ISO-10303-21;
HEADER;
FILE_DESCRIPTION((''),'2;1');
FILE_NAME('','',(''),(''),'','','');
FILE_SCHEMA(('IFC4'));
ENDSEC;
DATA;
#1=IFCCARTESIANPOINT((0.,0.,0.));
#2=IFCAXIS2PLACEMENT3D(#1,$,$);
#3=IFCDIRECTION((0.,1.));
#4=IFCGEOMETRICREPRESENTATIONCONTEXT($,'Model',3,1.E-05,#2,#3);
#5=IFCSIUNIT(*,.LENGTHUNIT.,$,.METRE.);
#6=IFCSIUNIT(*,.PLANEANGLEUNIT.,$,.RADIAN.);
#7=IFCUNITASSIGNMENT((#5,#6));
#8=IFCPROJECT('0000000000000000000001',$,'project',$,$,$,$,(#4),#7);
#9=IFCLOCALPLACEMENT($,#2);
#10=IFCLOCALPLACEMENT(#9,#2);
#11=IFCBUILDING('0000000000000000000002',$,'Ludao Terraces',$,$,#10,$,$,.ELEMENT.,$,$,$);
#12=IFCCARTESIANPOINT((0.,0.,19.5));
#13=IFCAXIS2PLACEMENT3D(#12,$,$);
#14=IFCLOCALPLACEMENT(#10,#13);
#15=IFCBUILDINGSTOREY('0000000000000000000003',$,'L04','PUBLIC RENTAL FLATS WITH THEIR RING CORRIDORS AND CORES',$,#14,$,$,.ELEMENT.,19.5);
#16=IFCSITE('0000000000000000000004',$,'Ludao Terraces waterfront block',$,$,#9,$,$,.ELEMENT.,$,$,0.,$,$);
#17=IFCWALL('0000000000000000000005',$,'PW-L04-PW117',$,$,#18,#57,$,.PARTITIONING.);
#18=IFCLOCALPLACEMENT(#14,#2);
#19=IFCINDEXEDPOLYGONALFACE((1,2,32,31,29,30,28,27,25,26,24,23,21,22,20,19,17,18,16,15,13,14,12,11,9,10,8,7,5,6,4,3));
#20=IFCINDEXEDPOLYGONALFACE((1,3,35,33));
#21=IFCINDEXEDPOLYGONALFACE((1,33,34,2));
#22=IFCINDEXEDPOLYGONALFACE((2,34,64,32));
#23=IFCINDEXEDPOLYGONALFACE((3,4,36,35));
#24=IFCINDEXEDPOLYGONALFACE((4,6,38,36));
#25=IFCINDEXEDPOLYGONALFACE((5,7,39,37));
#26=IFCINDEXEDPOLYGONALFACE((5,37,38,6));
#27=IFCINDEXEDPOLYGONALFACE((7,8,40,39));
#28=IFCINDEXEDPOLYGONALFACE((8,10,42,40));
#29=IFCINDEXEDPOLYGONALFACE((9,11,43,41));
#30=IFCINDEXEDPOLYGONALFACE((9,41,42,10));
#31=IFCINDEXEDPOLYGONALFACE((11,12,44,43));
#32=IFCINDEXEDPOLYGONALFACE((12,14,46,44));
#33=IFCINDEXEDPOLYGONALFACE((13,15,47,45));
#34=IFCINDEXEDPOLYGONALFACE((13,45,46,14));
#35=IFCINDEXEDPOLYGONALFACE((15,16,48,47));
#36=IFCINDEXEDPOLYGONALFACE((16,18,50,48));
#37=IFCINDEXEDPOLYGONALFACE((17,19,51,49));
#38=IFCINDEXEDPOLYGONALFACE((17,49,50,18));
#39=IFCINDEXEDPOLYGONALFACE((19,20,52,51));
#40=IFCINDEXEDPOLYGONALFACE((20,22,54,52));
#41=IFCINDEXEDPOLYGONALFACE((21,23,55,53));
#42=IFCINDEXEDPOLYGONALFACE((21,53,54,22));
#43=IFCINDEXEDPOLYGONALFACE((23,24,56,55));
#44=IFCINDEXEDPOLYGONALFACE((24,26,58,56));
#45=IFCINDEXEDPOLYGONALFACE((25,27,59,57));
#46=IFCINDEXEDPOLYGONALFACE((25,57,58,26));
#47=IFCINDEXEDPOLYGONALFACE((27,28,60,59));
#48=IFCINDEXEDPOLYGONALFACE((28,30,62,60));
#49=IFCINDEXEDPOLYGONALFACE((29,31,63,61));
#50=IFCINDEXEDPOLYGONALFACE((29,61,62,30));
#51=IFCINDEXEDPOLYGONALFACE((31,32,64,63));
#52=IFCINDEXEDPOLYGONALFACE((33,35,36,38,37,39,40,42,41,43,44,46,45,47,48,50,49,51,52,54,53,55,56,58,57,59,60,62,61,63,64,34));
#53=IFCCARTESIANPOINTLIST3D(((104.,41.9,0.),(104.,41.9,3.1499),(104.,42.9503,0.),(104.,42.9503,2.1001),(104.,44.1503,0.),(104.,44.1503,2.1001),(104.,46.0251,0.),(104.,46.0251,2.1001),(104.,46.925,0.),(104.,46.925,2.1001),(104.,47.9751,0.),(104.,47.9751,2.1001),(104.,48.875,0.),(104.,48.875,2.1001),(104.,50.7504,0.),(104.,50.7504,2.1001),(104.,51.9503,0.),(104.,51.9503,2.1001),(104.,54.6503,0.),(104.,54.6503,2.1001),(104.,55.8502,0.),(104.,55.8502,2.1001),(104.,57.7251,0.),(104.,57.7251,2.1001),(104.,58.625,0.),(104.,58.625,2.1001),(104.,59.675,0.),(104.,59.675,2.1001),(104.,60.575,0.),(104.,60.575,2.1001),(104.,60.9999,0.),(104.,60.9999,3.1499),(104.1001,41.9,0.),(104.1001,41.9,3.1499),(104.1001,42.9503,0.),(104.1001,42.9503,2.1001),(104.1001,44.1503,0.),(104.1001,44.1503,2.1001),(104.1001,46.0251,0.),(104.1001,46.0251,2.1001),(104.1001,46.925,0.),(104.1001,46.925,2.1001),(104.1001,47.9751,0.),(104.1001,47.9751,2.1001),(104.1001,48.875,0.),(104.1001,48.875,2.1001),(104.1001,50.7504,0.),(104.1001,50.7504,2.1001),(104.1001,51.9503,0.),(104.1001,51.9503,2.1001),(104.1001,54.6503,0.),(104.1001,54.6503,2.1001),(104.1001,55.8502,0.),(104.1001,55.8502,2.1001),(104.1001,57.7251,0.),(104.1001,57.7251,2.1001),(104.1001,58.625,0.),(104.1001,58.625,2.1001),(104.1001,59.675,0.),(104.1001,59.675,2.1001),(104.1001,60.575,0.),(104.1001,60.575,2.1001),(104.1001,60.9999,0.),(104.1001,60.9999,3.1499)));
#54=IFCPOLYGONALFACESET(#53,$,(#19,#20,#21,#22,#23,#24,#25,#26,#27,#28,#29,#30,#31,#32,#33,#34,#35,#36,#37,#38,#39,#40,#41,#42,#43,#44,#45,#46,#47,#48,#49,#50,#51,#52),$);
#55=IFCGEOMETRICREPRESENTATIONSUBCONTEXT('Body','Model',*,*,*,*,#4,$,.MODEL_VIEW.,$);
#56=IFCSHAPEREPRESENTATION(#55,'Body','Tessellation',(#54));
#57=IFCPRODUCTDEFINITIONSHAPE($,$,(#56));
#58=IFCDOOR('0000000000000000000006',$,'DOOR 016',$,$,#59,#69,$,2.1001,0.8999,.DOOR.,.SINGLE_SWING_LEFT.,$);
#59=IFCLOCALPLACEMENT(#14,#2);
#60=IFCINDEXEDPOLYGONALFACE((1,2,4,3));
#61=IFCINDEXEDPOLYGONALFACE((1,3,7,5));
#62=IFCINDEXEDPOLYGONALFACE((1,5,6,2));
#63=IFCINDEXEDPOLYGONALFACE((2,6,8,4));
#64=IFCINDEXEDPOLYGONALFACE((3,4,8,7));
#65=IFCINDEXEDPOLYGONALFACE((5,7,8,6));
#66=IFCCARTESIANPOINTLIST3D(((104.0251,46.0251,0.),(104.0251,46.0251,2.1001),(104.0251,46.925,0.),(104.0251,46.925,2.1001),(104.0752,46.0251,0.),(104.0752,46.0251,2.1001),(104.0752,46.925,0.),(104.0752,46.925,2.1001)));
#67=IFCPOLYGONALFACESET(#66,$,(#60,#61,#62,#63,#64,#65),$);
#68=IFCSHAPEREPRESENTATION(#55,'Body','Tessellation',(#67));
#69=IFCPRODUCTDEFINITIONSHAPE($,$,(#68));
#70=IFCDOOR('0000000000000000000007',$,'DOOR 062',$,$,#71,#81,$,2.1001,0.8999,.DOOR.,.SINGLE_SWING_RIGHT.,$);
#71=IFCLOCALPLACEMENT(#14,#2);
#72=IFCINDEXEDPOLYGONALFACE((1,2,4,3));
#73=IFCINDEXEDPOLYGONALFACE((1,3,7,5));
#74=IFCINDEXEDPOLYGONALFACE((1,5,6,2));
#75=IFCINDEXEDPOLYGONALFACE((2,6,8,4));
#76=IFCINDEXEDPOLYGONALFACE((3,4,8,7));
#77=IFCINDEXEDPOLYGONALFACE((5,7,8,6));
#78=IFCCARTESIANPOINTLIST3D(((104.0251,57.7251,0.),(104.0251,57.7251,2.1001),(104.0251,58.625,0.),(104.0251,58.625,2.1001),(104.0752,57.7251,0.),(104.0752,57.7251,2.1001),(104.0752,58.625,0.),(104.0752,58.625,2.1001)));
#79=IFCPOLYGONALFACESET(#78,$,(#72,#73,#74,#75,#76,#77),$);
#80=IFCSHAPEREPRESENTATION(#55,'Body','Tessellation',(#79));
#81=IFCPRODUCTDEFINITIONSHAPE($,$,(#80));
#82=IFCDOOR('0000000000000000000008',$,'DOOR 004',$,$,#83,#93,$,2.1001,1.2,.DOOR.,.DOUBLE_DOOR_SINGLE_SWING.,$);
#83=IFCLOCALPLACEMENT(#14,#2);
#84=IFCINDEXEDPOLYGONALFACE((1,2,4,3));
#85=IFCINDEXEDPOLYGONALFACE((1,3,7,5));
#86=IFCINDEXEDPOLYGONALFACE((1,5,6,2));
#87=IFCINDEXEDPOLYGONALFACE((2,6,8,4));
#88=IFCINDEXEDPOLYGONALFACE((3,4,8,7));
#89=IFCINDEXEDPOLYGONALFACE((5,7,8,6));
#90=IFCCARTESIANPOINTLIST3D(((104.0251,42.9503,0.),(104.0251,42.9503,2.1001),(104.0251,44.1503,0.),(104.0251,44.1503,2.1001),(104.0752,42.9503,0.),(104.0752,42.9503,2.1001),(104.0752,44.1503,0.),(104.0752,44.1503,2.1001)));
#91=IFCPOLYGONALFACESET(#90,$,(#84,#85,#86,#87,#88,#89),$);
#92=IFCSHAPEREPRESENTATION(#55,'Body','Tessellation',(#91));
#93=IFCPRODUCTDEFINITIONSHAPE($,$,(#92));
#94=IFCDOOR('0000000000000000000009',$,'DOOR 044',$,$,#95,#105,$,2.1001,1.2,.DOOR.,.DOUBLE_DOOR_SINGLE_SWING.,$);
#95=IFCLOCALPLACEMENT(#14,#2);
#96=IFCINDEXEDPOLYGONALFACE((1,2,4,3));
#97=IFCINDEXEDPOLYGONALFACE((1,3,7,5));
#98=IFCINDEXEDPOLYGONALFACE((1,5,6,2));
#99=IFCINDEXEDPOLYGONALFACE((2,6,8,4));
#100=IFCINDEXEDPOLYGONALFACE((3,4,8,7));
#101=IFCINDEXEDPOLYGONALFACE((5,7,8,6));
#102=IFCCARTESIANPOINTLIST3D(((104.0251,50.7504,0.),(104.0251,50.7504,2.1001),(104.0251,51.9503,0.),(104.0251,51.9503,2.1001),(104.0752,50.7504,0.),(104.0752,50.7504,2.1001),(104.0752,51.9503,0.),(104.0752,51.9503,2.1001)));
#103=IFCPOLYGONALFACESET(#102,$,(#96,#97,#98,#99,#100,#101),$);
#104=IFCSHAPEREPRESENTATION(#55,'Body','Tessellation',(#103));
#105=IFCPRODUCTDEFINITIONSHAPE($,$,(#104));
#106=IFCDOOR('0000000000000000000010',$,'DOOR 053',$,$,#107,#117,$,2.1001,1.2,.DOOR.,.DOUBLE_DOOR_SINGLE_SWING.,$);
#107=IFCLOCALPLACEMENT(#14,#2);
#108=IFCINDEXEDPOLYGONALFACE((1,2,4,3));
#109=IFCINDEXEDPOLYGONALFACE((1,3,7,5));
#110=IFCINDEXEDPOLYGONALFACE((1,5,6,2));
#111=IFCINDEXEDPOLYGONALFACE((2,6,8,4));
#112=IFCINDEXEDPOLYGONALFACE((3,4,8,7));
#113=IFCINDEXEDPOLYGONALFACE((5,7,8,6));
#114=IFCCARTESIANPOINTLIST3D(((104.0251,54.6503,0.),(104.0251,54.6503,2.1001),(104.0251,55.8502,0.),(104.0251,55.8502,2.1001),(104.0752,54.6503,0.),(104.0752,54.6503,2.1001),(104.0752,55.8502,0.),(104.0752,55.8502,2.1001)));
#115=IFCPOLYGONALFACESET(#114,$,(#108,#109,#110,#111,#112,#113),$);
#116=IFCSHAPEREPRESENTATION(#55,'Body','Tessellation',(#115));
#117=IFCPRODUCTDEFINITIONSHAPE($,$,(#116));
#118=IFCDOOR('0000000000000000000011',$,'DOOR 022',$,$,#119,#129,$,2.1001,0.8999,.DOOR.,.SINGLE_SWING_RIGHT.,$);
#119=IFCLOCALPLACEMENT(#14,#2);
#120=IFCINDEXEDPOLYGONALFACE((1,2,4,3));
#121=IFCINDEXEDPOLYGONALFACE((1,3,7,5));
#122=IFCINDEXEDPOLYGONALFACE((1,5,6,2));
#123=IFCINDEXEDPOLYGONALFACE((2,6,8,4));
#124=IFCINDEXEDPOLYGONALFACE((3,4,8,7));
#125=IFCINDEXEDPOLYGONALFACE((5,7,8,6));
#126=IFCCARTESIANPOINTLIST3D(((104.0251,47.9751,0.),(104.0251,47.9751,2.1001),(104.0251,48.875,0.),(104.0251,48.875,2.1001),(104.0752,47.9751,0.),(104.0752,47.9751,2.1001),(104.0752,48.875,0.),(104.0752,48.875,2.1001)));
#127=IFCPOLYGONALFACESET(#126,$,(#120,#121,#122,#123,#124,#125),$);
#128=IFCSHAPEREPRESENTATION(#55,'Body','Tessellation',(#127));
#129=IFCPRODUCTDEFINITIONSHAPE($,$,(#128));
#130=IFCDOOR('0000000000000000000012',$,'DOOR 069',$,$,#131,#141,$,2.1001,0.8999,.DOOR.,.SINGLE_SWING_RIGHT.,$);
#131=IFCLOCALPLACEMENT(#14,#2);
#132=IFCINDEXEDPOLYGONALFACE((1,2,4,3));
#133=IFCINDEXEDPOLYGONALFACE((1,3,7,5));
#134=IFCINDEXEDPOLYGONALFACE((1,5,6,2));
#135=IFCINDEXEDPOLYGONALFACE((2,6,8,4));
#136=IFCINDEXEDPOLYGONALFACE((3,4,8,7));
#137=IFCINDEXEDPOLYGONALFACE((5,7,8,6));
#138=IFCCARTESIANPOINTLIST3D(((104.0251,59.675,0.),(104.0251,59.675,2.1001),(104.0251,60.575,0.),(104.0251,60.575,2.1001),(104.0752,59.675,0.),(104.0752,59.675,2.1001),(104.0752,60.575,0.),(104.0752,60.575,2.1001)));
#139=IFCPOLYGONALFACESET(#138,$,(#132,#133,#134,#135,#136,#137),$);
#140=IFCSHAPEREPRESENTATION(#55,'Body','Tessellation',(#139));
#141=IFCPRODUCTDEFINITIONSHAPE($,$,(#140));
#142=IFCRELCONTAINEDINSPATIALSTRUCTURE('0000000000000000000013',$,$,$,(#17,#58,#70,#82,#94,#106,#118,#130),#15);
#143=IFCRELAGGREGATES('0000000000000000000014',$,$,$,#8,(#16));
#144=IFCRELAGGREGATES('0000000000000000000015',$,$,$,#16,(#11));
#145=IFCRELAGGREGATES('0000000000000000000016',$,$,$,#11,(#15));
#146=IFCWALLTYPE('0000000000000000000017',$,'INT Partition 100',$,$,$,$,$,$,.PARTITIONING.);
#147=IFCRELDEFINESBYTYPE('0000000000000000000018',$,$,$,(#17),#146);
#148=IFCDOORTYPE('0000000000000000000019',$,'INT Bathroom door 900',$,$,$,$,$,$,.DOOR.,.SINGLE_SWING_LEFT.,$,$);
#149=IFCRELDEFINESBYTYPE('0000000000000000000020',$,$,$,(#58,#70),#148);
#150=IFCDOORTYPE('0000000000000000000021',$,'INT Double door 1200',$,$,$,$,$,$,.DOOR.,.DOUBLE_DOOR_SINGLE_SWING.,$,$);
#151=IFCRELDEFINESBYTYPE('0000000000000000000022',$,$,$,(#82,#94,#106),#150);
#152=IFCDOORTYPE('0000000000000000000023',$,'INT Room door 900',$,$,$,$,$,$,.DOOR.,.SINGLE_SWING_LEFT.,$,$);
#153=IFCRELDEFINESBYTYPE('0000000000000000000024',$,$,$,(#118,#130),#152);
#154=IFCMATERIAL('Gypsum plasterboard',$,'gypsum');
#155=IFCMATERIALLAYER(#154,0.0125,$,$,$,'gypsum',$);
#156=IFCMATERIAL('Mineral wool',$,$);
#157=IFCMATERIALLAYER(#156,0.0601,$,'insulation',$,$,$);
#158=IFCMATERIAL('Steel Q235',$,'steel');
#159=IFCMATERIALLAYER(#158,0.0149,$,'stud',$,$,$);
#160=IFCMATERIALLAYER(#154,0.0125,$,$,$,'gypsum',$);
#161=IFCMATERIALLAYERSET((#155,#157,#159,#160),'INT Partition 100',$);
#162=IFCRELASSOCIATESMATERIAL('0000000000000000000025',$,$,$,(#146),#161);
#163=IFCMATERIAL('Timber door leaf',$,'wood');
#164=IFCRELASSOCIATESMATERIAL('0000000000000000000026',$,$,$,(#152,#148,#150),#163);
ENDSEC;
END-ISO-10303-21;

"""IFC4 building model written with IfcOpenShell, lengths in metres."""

from ifc_helpers import new_model, si_unit, direction, frame, frame_2d, origin, place, context, subcontext, project, spatial, rectangle, extrude, material, layer, layer_set, type_object, element, fill, save


model = new_model("IFC4")

# Units and contexts
model_context = context("Model", 3, precision=1e-05, world=origin(), true_north=direction((0.0, 1.0)))
body_context = subcontext(model_context, "Body", "Model", "MODEL_VIEW")
ifc_project = project(units=[si_unit("LENGTHUNIT", "METRE"), si_unit("PLANEANGLEUNIT", "RADIAN")], contexts=[model_context])

# Site, building, storey
site_placement = place(None, origin())
site = spatial("IfcSite", under=ifc_project, at=site_placement, Name="Ludao Terraces waterfront block", CompositionType="ELEMENT", RefElevation=0.0)
building_placement = place(site_placement, origin())
building = spatial("IfcBuilding", under=site, at=building_placement, Name="Ludao Terraces", CompositionType="ELEMENT")
storey_placement = place(building_placement, frame((0.0, 0.0, 19.5)))
storey = spatial("IfcBuildingStorey", under=building, at=storey_placement, Name="L04", Description="PUBLIC RENTAL FLATS WITH THEIR RING CORRIDORS AND CORES", CompositionType="ELEMENT", Elevation=19.5)

# Shared definitions
ifc_material_1 = material(Name="Mineral wool")

# Wall, openings, doors
ifc_material_2 = material(Name="Gypsum plasterboard", Category="gypsum")
ifc_layer_1 = layer(ifc_material_2, 0.0125, Category="gypsum")
ifc_layer_2 = layer(ifc_material_1, 0.0601, Name="insulation")
ifc_material_3 = material(Name="Steel Q235", Category="steel")
ifc_layer_3 = layer(ifc_material_3, 0.0149, Name="stud")
ifc_layer_4 = layer(ifc_material_2, 0.0125, Category="gypsum")
ifc_layer_set_1 = layer_set([ifc_layer_1, ifc_layer_2, ifc_layer_3, ifc_layer_4], Name="INT Partition 100")
wall_type_1 = type_object("IfcWallType", Name="INT Partition 100", PredefinedType="PARTITIONING", material=ifc_layer_set_1)
ifc_material_4 = material(Name="Timber door leaf", Category="wood")
door_type_1 = type_object("IfcDoorType", Name="INT Room door 900", OperationType="SINGLE_SWING_LEFT", PredefinedType="DOOR", material=ifc_material_4)
wall_1_placement = place(storey_placement, frame((104.05, 41.9001, 0.0), z_axis=(0.0, 0.0, 1.0), x_axis=(0.0, 1.0, 0.0)))
wall_1 = element("IfcWall", 1, at=wall_1_placement, inside=storey, type_object=wall_type_1, Name="PW-L04-PW117", PredefinedType="PARTITIONING", context=body_context, shape_type="SweptSolid", body=[
    extrude(rectangle(XDim=19.0999, YDim=0.1001, at=frame_2d((9.5498, 0.0))), origin(), (0.0, 0.0, 1.0), 3.1499),
])
opening_1_placement = place(wall_1_placement, frame((1.05, 0.0, 0.0)))
opening_1 = element("IfcOpeningElement", 2, at=opening_1_placement, cuts=wall_1, PredefinedType="OPENING", context=body_context, shape_type="SweptSolid", body=[
    extrude(rectangle(XDim=1.2, YDim=2.1001, at=frame_2d((0.6001, 1.05))), frame((0.0, 0.0601, 0.0), z_axis=(0.0, -1.0, 0.0), x_axis=(1.0, 0.0, 0.0)), (0.0, 0.0, 1.0), 0.1201),
])
opening_2_placement = place(wall_1_placement, frame((4.125, 0.0, 0.0)))
opening_2 = element("IfcOpeningElement", 3, at=opening_2_placement, cuts=wall_1, PredefinedType="OPENING", context=body_context, shape_type="SweptSolid", body=[
    extrude(rectangle(XDim=0.8999, YDim=2.1001, at=frame_2d((0.45, 1.05))), frame((0.0, 0.0601, 0.0), z_axis=(0.0, -1.0, 0.0), x_axis=(1.0, 0.0, 0.0)), (0.0, 0.0, 1.0), 0.1201),
])
opening_3_placement = place(wall_1_placement, frame((6.075, 0.0, 0.0)))
opening_3 = element("IfcOpeningElement", 4, at=opening_3_placement, cuts=wall_1, PredefinedType="OPENING", context=body_context, shape_type="SweptSolid", body=[
    extrude(rectangle(XDim=0.8999, YDim=2.1001, at=frame_2d((0.45, 1.05))), frame((0.0, 0.0601, 0.0), z_axis=(0.0, -1.0, 0.0), x_axis=(1.0, 0.0, 0.0)), (0.0, 0.0, 1.0), 0.1201),
])
opening_4_placement = place(wall_1_placement, frame((8.8501, 0.0, 0.0)))
opening_4 = element("IfcOpeningElement", 5, at=opening_4_placement, cuts=wall_1, PredefinedType="OPENING", context=body_context, shape_type="SweptSolid", body=[
    extrude(rectangle(XDim=1.2, YDim=2.1001, at=frame_2d((0.6001, 1.05))), frame((0.0, 0.0601, 0.0), z_axis=(0.0, -1.0, 0.0), x_axis=(1.0, 0.0, 0.0)), (0.0, 0.0, 1.0), 0.1201),
])
opening_5_placement = place(wall_1_placement, frame((12.75, 0.0, 0.0)))
opening_5 = element("IfcOpeningElement", 6, at=opening_5_placement, cuts=wall_1, PredefinedType="OPENING", context=body_context, shape_type="SweptSolid", body=[
    extrude(rectangle(XDim=1.2, YDim=2.1001, at=frame_2d((0.6001, 1.05))), frame((0.0, 0.0601, 0.0), z_axis=(0.0, -1.0, 0.0), x_axis=(1.0, 0.0, 0.0)), (0.0, 0.0, 1.0), 0.1201),
])
opening_6_placement = place(wall_1_placement, frame((15.825, 0.0, 0.0)))
opening_6 = element("IfcOpeningElement", 7, at=opening_6_placement, cuts=wall_1, PredefinedType="OPENING", context=body_context, shape_type="SweptSolid", body=[
    extrude(rectangle(XDim=0.8999, YDim=2.1001, at=frame_2d((0.45, 1.05))), frame((0.0, 0.0601, 0.0), z_axis=(0.0, -1.0, 0.0), x_axis=(1.0, 0.0, 0.0)), (0.0, 0.0, 1.0), 0.1201),
])
opening_7_placement = place(wall_1_placement, frame((17.7749, 0.0, 0.0)))
opening_7 = element("IfcOpeningElement", 8, at=opening_7_placement, cuts=wall_1, PredefinedType="OPENING", context=body_context, shape_type="SweptSolid", body=[
    extrude(rectangle(XDim=0.8999, YDim=2.1001, at=frame_2d((0.45, 1.05))), frame((0.0, 0.0601, 0.0), z_axis=(0.0, -1.0, 0.0), x_axis=(1.0, 0.0, 0.0)), (0.0, 0.0, 1.0), 0.1201),
])
door_type_2 = type_object("IfcDoorType", Name="INT Bathroom door 900", OperationType="SINGLE_SWING_LEFT", PredefinedType="DOOR", material=ifc_material_4)
door_1_placement = place(opening_2_placement, origin())
door_1 = element("IfcDoor", 9, at=door_1_placement, inside=storey, type_object=door_type_2, Name="DOOR 016", OperationType="SINGLE_SWING_LEFT", OverallHeight=2.1001, OverallWidth=0.8999, PredefinedType="DOOR", context=body_context, shape_type="SweptSolid", body=[
    extrude(rectangle(XDim=0.8999, YDim=2.1001, at=frame_2d((0.45, 1.05))), frame((0.0, 0.0249, 0.0), z_axis=(0.0, -1.0, 0.0), x_axis=(1.0, 0.0, 0.0)), (0.0, 0.0, 1.0), 0.05),
])
fill(opening_2, door_1)
door_2_placement = place(opening_6_placement, origin())
door_2 = element("IfcDoor", 10, at=door_2_placement, inside=storey, type_object=door_type_2, Name="DOOR 062", OperationType="SINGLE_SWING_RIGHT", OverallHeight=2.1001, OverallWidth=0.8999, PredefinedType="DOOR", context=body_context, shape_type="SweptSolid", body=[
    extrude(rectangle(XDim=0.8999, YDim=2.1001, at=frame_2d((0.45, 1.05))), frame((0.0, 0.0249, 0.0), z_axis=(0.0, -1.0, 0.0), x_axis=(1.0, 0.0, 0.0)), (0.0, 0.0, 1.0), 0.05),
])
fill(opening_6, door_2)
door_type_3 = type_object("IfcDoorType", Name="INT Double door 1200", OperationType="DOUBLE_DOOR_SINGLE_SWING", PredefinedType="DOOR", material=ifc_material_4)
door_3_placement = place(opening_1_placement, origin())
door_3 = element("IfcDoor", 11, at=door_3_placement, inside=storey, type_object=door_type_3, Name="DOOR 004", OperationType="DOUBLE_DOOR_SINGLE_SWING", OverallHeight=2.1001, OverallWidth=1.2, PredefinedType="DOOR", context=body_context, shape_type="SweptSolid", body=[
    extrude(rectangle(XDim=1.2, YDim=2.1001, at=frame_2d((0.6001, 1.05))), frame((0.0, 0.0249, 0.0), z_axis=(0.0, -1.0, 0.0), x_axis=(1.0, 0.0, 0.0)), (0.0, 0.0, 1.0), 0.05),
])
fill(opening_1, door_3)
door_4_placement = place(opening_4_placement, origin())
door_4 = element("IfcDoor", 12, at=door_4_placement, inside=storey, type_object=door_type_3, Name="DOOR 044", OperationType="DOUBLE_DOOR_SINGLE_SWING", OverallHeight=2.1001, OverallWidth=1.2, PredefinedType="DOOR", context=body_context, shape_type="SweptSolid", body=[
    extrude(rectangle(XDim=1.2, YDim=2.1001, at=frame_2d((0.6001, 1.05))), frame((0.0, 0.0249, 0.0), z_axis=(0.0, -1.0, 0.0), x_axis=(1.0, 0.0, 0.0)), (0.0, 0.0, 1.0), 0.05),
])
fill(opening_4, door_4)
door_5_placement = place(opening_5_placement, origin())
door_5 = element("IfcDoor", 13, at=door_5_placement, inside=storey, type_object=door_type_3, Name="DOOR 053", OperationType="DOUBLE_DOOR_SINGLE_SWING", OverallHeight=2.1001, OverallWidth=1.2, PredefinedType="DOOR", context=body_context, shape_type="SweptSolid", body=[
    extrude(rectangle(XDim=1.2, YDim=2.1001, at=frame_2d((0.6001, 1.05))), frame((0.0, 0.0249, 0.0), z_axis=(0.0, -1.0, 0.0), x_axis=(1.0, 0.0, 0.0)), (0.0, 0.0, 1.0), 0.05),
])
fill(opening_5, door_5)
door_6_placement = place(opening_3_placement, origin())
door_6 = element("IfcDoor", 14, at=door_6_placement, inside=storey, type_object=door_type_1, Name="DOOR 022", OperationType="SINGLE_SWING_RIGHT", OverallHeight=2.1001, OverallWidth=0.8999, PredefinedType="DOOR", context=body_context, shape_type="SweptSolid", body=[
    extrude(rectangle(XDim=0.8999, YDim=2.1001, at=frame_2d((0.45, 1.05))), frame((0.0, 0.0249, 0.0), z_axis=(0.0, -1.0, 0.0), x_axis=(1.0, 0.0, 0.0)), (0.0, 0.0, 1.0), 0.05),
])
fill(opening_3, door_6)
door_7_placement = place(opening_7_placement, origin())
door_7 = element("IfcDoor", 15, at=door_7_placement, inside=storey, type_object=door_type_1, Name="DOOR 069", OperationType="SINGLE_SWING_RIGHT", OverallHeight=2.1001, OverallWidth=0.8999, PredefinedType="DOOR", context=body_context, shape_type="SweptSolid", body=[
    extrude(rectangle(XDim=0.8999, YDim=2.1001, at=frame_2d((0.45, 1.05))), frame((0.0, 0.0249, 0.0), z_axis=(0.0, -1.0, 0.0), x_axis=(1.0, 0.0, 0.0)), (0.0, 0.0, 1.0), 0.05),
])
fill(opening_7, door_7)

save(model, "model.ifc")
